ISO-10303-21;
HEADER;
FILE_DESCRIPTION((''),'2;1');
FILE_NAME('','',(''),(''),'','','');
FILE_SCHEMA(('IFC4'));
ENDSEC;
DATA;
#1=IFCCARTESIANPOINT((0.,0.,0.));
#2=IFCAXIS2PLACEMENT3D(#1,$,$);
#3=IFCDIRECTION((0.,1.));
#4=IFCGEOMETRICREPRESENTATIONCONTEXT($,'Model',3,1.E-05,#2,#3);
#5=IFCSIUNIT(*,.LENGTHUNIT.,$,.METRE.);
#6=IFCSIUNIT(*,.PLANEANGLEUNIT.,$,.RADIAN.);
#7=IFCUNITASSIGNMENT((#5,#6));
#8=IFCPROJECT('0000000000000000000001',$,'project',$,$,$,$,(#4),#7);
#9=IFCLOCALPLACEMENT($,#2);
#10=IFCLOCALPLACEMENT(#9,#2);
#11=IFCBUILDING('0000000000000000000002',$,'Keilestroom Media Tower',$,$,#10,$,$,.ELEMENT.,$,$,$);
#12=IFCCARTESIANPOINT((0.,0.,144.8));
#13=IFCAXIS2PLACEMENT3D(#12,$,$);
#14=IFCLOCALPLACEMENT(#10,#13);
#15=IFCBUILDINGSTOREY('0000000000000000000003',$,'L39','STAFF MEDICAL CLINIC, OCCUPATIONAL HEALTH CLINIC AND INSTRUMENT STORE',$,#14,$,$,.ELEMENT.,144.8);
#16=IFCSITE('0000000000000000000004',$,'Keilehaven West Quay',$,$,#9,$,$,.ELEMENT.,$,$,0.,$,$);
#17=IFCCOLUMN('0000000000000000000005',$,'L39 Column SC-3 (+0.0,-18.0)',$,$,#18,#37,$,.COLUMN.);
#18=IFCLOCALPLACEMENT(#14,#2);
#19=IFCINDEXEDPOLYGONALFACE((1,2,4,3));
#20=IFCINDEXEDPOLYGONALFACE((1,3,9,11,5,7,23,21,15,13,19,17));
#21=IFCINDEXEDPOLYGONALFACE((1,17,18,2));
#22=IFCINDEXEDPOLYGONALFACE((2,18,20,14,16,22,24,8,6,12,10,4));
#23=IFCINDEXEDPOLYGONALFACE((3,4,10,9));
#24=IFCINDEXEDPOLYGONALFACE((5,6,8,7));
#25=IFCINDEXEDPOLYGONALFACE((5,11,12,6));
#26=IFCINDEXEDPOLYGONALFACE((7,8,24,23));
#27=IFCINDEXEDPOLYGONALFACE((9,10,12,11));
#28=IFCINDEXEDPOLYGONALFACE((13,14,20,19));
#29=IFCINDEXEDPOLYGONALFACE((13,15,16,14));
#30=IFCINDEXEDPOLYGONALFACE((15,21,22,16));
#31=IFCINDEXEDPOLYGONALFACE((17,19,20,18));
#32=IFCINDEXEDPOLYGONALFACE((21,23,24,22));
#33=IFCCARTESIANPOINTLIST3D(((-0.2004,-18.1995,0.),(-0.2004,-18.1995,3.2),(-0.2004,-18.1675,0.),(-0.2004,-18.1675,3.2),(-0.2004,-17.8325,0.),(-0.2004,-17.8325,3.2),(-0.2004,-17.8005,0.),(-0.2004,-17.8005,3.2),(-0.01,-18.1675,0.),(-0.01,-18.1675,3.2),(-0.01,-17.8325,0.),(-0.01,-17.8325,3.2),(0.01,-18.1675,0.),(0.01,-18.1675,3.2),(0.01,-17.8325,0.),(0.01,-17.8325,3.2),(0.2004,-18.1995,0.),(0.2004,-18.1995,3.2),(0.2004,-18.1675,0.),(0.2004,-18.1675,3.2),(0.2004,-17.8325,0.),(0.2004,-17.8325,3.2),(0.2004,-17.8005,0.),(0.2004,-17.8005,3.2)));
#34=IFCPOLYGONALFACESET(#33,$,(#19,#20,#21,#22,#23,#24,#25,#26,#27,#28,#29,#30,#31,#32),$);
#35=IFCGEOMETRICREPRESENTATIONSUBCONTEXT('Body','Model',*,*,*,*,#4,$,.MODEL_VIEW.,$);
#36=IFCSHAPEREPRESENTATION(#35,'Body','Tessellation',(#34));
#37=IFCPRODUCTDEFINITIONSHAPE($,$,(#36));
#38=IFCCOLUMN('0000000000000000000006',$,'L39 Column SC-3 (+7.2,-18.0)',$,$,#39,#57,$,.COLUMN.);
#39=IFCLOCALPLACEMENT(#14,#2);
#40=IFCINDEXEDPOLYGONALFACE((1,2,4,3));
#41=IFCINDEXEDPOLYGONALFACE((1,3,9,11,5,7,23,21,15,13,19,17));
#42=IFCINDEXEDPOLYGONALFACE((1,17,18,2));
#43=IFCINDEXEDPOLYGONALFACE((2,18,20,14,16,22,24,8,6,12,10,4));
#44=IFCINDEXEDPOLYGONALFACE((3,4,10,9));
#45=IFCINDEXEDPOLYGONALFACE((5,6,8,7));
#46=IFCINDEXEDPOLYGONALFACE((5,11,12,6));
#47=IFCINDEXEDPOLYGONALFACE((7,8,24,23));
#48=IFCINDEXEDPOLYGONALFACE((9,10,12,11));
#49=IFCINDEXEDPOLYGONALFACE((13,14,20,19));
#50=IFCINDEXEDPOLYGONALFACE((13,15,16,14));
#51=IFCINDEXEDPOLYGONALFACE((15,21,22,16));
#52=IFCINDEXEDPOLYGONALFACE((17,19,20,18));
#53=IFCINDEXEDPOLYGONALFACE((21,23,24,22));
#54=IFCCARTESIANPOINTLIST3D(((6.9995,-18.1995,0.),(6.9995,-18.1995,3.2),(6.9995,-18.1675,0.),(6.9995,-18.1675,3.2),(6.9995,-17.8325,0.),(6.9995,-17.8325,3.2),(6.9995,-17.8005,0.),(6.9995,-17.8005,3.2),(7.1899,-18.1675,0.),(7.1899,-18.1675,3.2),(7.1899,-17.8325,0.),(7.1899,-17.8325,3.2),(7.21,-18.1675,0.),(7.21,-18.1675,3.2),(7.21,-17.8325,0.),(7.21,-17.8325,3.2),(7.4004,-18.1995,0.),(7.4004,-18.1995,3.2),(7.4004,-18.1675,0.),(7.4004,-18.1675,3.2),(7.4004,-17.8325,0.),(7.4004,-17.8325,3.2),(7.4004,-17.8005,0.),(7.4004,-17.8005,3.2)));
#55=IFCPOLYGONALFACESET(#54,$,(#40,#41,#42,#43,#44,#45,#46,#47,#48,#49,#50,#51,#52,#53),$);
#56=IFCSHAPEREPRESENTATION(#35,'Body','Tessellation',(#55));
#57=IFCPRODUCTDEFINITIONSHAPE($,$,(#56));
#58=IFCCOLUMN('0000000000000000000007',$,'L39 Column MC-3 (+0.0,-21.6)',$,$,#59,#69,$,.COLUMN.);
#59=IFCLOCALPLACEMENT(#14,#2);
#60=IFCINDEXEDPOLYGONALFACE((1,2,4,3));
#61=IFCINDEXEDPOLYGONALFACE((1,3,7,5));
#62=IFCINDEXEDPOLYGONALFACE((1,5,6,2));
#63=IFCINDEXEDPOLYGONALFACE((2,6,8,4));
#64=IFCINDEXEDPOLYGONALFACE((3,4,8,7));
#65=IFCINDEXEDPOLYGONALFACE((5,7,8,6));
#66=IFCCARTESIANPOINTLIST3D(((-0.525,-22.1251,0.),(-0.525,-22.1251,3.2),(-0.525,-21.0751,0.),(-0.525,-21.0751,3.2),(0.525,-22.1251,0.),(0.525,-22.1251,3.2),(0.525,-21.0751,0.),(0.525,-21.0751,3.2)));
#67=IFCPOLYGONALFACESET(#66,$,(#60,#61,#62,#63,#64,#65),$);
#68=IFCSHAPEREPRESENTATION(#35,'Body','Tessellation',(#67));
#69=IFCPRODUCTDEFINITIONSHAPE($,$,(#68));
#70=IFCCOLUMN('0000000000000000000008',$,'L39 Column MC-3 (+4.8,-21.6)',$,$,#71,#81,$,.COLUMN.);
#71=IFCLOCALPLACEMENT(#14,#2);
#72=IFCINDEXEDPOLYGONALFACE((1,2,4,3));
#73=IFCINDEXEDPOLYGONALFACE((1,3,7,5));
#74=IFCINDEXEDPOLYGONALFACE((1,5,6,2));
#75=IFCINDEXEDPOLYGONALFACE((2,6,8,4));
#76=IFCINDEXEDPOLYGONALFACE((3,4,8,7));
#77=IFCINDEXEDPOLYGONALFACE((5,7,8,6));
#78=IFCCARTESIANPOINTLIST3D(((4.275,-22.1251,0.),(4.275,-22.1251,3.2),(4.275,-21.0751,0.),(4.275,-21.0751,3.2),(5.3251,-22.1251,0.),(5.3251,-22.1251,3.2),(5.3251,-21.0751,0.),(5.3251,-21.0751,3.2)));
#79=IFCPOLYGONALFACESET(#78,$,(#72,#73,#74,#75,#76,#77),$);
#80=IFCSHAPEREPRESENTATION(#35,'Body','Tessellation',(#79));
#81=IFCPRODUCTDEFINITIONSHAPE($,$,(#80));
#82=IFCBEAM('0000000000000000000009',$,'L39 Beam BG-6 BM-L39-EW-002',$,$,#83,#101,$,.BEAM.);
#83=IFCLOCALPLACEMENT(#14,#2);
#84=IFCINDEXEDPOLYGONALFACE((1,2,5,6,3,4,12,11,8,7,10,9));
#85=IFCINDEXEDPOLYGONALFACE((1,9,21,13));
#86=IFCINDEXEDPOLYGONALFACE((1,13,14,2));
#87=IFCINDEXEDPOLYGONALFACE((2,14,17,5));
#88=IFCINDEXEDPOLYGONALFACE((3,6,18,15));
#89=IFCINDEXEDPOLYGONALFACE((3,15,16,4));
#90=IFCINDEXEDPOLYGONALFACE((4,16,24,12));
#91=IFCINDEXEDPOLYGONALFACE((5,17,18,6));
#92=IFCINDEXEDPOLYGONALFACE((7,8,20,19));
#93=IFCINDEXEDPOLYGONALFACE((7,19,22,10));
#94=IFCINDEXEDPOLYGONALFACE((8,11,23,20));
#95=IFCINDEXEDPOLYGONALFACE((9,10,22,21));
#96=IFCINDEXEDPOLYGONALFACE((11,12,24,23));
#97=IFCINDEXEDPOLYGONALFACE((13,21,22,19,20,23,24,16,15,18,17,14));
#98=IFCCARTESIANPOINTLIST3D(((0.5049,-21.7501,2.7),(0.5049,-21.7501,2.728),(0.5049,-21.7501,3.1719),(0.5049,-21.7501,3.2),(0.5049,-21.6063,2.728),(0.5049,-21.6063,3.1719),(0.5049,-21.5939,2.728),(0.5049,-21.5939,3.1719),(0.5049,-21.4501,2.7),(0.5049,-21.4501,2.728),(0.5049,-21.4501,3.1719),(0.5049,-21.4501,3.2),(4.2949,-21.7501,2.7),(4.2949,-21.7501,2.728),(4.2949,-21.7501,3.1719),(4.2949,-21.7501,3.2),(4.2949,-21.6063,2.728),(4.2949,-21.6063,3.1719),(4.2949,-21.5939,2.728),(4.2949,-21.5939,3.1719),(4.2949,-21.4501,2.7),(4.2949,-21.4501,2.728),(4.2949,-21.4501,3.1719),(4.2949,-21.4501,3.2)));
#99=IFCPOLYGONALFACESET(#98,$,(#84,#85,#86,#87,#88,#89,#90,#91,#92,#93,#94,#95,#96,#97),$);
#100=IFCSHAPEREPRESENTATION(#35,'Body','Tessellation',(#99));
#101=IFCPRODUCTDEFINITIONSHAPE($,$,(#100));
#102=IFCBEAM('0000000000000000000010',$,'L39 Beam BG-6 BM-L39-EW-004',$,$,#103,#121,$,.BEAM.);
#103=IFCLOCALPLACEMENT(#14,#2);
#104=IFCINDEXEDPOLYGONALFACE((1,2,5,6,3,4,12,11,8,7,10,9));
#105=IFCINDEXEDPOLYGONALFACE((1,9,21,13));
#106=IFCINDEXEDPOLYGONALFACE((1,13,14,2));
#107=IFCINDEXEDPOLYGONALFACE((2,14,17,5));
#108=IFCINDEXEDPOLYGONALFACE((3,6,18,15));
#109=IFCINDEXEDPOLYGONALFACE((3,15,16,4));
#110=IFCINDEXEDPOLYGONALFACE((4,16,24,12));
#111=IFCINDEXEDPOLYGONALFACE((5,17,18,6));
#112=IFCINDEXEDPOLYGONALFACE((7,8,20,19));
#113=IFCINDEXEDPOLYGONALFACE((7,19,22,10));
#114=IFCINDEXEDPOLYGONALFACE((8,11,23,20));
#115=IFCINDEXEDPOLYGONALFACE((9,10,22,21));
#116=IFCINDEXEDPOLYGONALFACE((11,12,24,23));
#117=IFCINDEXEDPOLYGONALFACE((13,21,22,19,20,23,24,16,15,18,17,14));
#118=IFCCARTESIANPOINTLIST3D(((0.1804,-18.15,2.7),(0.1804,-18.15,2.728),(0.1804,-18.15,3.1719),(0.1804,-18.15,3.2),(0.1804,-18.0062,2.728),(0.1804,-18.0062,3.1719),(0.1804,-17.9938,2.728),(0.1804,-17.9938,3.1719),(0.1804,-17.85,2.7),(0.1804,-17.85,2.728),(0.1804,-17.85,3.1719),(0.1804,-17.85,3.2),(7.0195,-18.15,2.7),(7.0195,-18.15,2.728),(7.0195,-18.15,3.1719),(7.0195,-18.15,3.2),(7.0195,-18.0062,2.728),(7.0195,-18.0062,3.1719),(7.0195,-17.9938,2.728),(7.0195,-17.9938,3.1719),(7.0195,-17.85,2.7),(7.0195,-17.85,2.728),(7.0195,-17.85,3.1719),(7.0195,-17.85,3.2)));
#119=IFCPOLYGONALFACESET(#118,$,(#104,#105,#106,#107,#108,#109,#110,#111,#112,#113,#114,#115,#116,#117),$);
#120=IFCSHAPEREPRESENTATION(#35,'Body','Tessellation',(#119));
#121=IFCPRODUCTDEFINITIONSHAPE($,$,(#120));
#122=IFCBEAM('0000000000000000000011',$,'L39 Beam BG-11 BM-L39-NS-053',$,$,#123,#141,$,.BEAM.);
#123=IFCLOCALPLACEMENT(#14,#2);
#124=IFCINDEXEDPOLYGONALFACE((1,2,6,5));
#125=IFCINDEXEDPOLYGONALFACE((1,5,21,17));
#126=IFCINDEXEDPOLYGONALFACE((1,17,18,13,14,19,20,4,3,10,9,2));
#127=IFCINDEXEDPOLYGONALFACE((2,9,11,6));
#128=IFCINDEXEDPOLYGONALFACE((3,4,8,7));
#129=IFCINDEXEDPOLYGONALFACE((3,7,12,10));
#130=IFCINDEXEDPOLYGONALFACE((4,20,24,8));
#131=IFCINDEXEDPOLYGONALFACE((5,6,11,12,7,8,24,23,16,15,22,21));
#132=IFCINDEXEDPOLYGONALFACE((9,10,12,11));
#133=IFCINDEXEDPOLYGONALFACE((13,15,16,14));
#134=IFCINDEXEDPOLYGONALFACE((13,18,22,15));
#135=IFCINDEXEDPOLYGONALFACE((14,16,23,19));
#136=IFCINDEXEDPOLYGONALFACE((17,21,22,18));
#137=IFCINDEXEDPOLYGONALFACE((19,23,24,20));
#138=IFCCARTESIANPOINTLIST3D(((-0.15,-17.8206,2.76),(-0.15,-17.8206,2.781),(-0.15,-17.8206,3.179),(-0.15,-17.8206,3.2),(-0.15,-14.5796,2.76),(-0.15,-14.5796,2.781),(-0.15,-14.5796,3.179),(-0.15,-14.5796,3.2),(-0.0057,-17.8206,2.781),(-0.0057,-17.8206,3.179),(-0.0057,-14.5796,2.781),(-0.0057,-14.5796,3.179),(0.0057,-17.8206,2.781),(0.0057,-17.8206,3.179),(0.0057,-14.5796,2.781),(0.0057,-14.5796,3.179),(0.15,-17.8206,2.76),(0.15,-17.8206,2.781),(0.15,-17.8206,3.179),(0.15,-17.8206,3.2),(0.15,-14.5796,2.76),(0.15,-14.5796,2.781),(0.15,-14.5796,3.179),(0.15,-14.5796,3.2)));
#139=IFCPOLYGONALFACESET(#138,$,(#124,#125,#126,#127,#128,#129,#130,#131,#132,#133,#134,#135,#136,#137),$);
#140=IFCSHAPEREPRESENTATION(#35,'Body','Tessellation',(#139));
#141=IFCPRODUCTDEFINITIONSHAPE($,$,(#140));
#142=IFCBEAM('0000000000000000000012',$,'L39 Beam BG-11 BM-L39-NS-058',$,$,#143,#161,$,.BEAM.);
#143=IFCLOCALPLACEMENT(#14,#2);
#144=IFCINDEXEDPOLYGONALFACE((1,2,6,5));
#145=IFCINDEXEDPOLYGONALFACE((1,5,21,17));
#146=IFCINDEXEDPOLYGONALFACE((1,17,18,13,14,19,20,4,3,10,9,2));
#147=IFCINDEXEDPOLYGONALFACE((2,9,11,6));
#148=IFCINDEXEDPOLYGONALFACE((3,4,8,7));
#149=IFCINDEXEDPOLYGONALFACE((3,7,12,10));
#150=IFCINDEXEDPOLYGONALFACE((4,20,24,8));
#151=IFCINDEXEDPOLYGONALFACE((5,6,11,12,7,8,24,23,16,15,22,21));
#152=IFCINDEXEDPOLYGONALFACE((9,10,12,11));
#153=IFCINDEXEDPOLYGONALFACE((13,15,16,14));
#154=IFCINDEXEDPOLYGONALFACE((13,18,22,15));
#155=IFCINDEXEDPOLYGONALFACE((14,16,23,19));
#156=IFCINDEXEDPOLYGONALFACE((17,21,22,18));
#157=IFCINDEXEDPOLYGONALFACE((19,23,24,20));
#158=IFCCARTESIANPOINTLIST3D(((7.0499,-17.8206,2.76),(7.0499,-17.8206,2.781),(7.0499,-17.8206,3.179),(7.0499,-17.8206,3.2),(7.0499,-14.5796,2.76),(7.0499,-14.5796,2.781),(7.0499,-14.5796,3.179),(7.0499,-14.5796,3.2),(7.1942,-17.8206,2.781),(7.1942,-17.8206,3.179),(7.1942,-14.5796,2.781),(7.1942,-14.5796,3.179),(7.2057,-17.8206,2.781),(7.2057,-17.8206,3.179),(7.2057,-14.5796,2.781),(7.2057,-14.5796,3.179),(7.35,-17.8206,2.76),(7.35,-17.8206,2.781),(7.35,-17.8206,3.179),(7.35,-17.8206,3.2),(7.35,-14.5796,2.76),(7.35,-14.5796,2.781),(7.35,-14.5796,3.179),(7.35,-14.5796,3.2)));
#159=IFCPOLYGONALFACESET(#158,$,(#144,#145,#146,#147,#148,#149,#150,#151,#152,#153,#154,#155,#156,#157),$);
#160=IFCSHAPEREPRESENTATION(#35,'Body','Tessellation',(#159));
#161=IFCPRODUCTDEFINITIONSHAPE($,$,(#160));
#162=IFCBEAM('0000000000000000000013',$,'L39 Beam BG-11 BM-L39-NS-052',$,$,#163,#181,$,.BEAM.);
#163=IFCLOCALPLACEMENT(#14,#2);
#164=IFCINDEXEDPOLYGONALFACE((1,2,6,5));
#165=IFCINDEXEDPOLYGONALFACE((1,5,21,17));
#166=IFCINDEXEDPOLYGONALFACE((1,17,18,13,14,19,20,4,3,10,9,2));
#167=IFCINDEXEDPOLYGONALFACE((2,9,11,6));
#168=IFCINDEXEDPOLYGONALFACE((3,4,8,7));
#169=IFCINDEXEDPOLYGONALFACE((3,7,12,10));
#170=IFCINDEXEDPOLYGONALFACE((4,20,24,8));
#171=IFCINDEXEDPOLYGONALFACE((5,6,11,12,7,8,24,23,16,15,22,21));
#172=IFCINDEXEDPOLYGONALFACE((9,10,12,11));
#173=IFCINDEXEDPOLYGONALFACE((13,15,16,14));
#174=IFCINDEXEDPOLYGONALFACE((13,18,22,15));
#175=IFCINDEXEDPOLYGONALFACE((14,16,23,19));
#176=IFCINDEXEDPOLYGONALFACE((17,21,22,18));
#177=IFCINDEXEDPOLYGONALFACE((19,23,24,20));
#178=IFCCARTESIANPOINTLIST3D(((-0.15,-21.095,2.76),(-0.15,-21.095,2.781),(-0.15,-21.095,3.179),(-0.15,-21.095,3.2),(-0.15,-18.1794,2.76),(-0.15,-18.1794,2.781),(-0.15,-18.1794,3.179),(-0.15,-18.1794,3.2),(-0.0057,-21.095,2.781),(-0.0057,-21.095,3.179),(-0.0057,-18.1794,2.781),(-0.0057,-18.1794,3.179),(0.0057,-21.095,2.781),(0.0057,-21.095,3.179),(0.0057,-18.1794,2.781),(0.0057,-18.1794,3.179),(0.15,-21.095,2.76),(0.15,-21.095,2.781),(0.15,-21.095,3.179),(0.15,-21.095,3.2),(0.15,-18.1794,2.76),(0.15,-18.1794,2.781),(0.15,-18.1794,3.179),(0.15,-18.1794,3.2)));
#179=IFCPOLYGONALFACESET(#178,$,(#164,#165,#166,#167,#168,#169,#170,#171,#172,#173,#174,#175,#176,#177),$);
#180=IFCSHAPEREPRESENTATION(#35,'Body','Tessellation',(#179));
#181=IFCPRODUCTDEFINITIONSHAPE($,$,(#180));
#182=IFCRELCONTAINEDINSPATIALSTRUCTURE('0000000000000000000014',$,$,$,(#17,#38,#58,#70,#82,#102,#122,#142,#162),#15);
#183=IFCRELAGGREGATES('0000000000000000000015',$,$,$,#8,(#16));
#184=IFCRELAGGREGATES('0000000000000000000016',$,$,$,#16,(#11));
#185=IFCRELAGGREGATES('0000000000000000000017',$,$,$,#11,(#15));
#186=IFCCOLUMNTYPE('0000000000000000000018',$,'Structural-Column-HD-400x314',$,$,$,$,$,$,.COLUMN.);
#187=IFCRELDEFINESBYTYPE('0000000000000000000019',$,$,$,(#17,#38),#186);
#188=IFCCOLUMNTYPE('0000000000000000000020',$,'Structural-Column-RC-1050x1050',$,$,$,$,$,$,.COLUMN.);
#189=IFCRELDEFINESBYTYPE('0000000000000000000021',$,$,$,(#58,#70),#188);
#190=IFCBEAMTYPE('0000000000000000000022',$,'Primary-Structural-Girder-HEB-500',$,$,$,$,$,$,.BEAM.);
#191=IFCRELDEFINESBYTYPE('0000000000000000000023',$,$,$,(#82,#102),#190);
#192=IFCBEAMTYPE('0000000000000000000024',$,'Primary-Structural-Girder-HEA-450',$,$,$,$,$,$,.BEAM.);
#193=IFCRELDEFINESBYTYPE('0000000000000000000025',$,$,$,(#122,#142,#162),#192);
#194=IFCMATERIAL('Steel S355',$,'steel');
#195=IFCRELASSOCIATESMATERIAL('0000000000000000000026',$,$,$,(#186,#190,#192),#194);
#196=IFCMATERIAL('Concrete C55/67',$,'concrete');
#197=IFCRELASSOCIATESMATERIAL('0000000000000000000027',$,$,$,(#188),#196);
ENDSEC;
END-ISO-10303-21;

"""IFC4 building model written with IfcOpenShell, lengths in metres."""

from ifc_helpers import new_model, si_unit, direction, frame, origin, origin_2d, place, context, subcontext, project, spatial, rectangle, i_section, extrude, source, transform, mapped, material, material_profile, profile_set, type_object, element, save


model = new_model("IFC4")

# Units and contexts
model_context = context("Model", 3, precision=1e-05, world=origin(), true_north=direction((0.0, 1.0)))
body_context = subcontext(model_context, "Body", "Model", "MODEL_VIEW")
ifc_project = project(units=[si_unit("LENGTHUNIT", "METRE"), si_unit("PLANEANGLEUNIT", "RADIAN")], contexts=[model_context])

# Site, building, storey
site_placement = place(None, origin())
site = spatial("IfcSite", under=ifc_project, at=site_placement, Name="Keilehaven West Quay", CompositionType="ELEMENT", RefElevation=0.0)
building_placement = place(site_placement, origin())
building = spatial("IfcBuilding", under=site, at=building_placement, Name="Keilestroom Media Tower", CompositionType="ELEMENT")
storey_placement = place(building_placement, frame((0.0, 0.0, 144.8)))
storey = spatial("IfcBuildingStorey", under=building, at=storey_placement, Name="L39", Description="STAFF MEDICAL CLINIC, OCCUPATIONAL HEALTH CLINIC AND INSTRUMENT STORE", CompositionType="ELEMENT", Elevation=144.8)

# Columns
ifc_material_1 = material(Name="Steel S355", Category="steel")
ifc_material_profile_1 = material_profile(ifc_material_1, i_section(OverallWidth=0.4009, OverallDepth=0.3989, WebThickness=0.02, FlangeThickness=0.032, at=origin_2d()), Name="HD 400x314")
ifc_profile_set_1 = profile_set([ifc_material_profile_1], Name="Steel S355")
column_type_1 = type_object("IfcColumnType", Name="Structural-Column-HD-400x314", PredefinedType="COLUMN", material=ifc_profile_set_1)
shared_shape_1 = source(origin(), body_context, "Body", "SweptSolid", [
    extrude(i_section(OverallWidth=0.4009, OverallDepth=0.3989, WebThickness=0.02, FlangeThickness=0.032, at=origin_2d()), origin(), (0.0, 0.0, 1.0), 3.2),
])
for number, where, z_axis, x_axis, name in (
    (1, (0.0, -18.0, 0.0), (0.0, 0.0, 1.0), (1.0, 0.0, 0.0), "L39 Column SC-3 (+0.0,-18.0)"),
    (2, (7.2, -18.0, 0.0), (0.0, 0.0, 1.0), (1.0, 0.0, 0.0), "L39 Column SC-3 (+7.2,-18.0)"),
):
    element("IfcColumn", number, at=place(storey_placement, frame(where, z_axis=z_axis, x_axis=x_axis)), inside=storey, type_object=column_type_1, Name=name, PredefinedType="COLUMN", context=body_context, shape_type="MappedRepresentation", body=[
        mapped(shared_shape_1, transform((0.0, 0.0, 0.0), x_axis=(1.0, 0.0, 0.0), y_axis=(0.0, 1.0, 0.0), z_axis=(0.0, 0.0, 1.0), scale=1.0)),
    ])
ifc_material_2 = material(Name="Concrete C55/67", Category="concrete")
ifc_material_profile_2 = material_profile(ifc_material_2, rectangle(XDim=1.05, YDim=1.05, at=origin_2d()), Name="RC 1050x1050")
ifc_profile_set_2 = profile_set([ifc_material_profile_2], Name="Concrete C55/67")
column_type_2 = type_object("IfcColumnType", Name="Structural-Column-RC-1050x1050", PredefinedType="COLUMN", material=ifc_profile_set_2)
shared_shape_2 = source(origin(), body_context, "Body", "SweptSolid", [
    extrude(rectangle(XDim=1.05, YDim=1.05, at=origin_2d()), origin(), (0.0, 0.0, 1.0), 3.2),
])
for number, where, z_axis, x_axis, name in (
    (3, (0.0, -21.6001, 0.0), (0.0, 0.0, 1.0), (1.0, 0.0, 0.0), "L39 Column MC-3 (+0.0,-21.6)"),
    (4, (4.8, -21.6001, 0.0), (0.0, 0.0, 1.0), (1.0, 0.0, 0.0), "L39 Column MC-3 (+4.8,-21.6)"),
):
    element("IfcColumn", number, at=place(storey_placement, frame(where, z_axis=z_axis, x_axis=x_axis)), inside=storey, type_object=column_type_2, Name=name, PredefinedType="COLUMN", context=body_context, shape_type="MappedRepresentation", body=[
        mapped(shared_shape_2, transform((0.0, 0.0, 0.0), x_axis=(1.0, 0.0, 0.0), y_axis=(0.0, 1.0, 0.0), z_axis=(0.0, 0.0, 1.0), scale=1.0)),
    ])

# Beams
ifc_material_profile_3 = material_profile(ifc_material_1, i_section(OverallWidth=0.3, OverallDepth=0.5, WebThickness=0.0125, FlangeThickness=0.0281, at=origin_2d()), Name="HEB 500")
ifc_profile_set_3 = profile_set([ifc_material_profile_3], Name="Steel S355")
beam_type_1 = type_object("IfcBeamType", Name="Primary-Structural-Girder-HEB-500", PredefinedType="BEAM", material=ifc_profile_set_3)
shared_shape_3 = source(origin(), body_context, "Body", "SweptSolid", [
    extrude(i_section(OverallWidth=0.3, OverallDepth=0.5, WebThickness=0.0125, FlangeThickness=0.0281, at=origin_2d()), origin(), (0.0, 0.0, 1.0), 3.79),
])
beam_1_placement = place(storey_placement, frame((0.5049, -21.6001, 2.95), z_axis=(1.0, 0.0, 0.0), x_axis=(0.0, 1.0, 0.0)))
element("IfcBeam", 5, at=beam_1_placement, inside=storey, type_object=beam_type_1, Name="L39 Beam BG-6 BM-L39-EW-002", PredefinedType="BEAM", context=body_context, shape_type="MappedRepresentation", body=[
    mapped(shared_shape_3, transform((0.0, 0.0, 0.0), x_axis=(1.0, 0.0, 0.0), y_axis=(0.0, 1.0, 0.0), z_axis=(0.0, 0.0, 1.0), scale=1.0)),
])
shared_shape_4 = source(origin(), body_context, "Body", "SweptSolid", [
    extrude(i_section(OverallWidth=0.3, OverallDepth=0.5, WebThickness=0.0125, FlangeThickness=0.0281, at=origin_2d()), origin(), (0.0, 0.0, 1.0), 6.8391),
])
beam_2_placement = place(storey_placement, frame((0.1804, -18.0, 2.95), z_axis=(1.0, 0.0, 0.0), x_axis=(0.0, 1.0, 0.0)))
element("IfcBeam", 6, at=beam_2_placement, inside=storey, type_object=beam_type_1, Name="L39 Beam BG-6 BM-L39-EW-004", PredefinedType="BEAM", context=body_context, shape_type="MappedRepresentation", body=[
    mapped(shared_shape_4, transform((0.0, 0.0, 0.0), x_axis=(1.0, 0.0, 0.0), y_axis=(0.0, 1.0, 0.0), z_axis=(0.0, 0.0, 1.0), scale=1.0)),
])
ifc_material_profile_4 = material_profile(ifc_material_1, i_section(OverallWidth=0.3, OverallDepth=0.4399, WebThickness=0.0115, FlangeThickness=0.021, at=origin_2d()), Name="HEA 450")
ifc_profile_set_4 = profile_set([ifc_material_profile_4], Name="Steel S355")
beam_type_2 = type_object("IfcBeamType", Name="Primary-Structural-Girder-HEA-450", PredefinedType="BEAM", material=ifc_profile_set_4)
shared_shape_5 = source(origin(), body_context, "Body", "SweptSolid", [
    extrude(i_section(OverallWidth=0.3, OverallDepth=0.4399, WebThickness=0.0115, FlangeThickness=0.021, at=origin_2d()), origin(), (0.0, 0.0, 1.0), 3.241),
])
for number, where, z_axis, x_axis, name in (
    (7, (0.0, -17.8206, 2.98), (0.0, 1.0, 0.0), (-1.0, 0.0, 0.0), "L39 Beam BG-11 BM-L39-NS-053"),
    (8, (7.2, -17.8206, 2.98), (0.0, 1.0, 0.0), (-1.0, 0.0, 0.0), "L39 Beam BG-11 BM-L39-NS-058"),
):
    element("IfcBeam", number, at=place(storey_placement, frame(where, z_axis=z_axis, x_axis=x_axis)), inside=storey, type_object=beam_type_2, Name=name, PredefinedType="BEAM", context=body_context, shape_type="MappedRepresentation", body=[
        mapped(shared_shape_5, transform((0.0, 0.0, 0.0), x_axis=(1.0, 0.0, 0.0), y_axis=(0.0, 1.0, 0.0), z_axis=(0.0, 0.0, 1.0), scale=1.0)),
    ])
shared_shape_6 = source(origin(), body_context, "Body", "SweptSolid", [
    extrude(i_section(OverallWidth=0.3, OverallDepth=0.4399, WebThickness=0.0115, FlangeThickness=0.021, at=origin_2d()), origin(), (0.0, 0.0, 1.0), 2.9155),
])
beam_3_placement = place(storey_placement, frame((0.0, -21.095, 2.98), z_axis=(0.0, 1.0, 0.0), x_axis=(-1.0, 0.0, 0.0)))
element("IfcBeam", 9, at=beam_3_placement, inside=storey, type_object=beam_type_2, Name="L39 Beam BG-11 BM-L39-NS-052", PredefinedType="BEAM", context=body_context, shape_type="MappedRepresentation", body=[
    mapped(shared_shape_6, transform((0.0, 0.0, 0.0), x_axis=(1.0, 0.0, 0.0), y_axis=(0.0, 1.0, 0.0), z_axis=(0.0, 0.0, 1.0), scale=1.0)),
])

save(model, "model.ifc")
